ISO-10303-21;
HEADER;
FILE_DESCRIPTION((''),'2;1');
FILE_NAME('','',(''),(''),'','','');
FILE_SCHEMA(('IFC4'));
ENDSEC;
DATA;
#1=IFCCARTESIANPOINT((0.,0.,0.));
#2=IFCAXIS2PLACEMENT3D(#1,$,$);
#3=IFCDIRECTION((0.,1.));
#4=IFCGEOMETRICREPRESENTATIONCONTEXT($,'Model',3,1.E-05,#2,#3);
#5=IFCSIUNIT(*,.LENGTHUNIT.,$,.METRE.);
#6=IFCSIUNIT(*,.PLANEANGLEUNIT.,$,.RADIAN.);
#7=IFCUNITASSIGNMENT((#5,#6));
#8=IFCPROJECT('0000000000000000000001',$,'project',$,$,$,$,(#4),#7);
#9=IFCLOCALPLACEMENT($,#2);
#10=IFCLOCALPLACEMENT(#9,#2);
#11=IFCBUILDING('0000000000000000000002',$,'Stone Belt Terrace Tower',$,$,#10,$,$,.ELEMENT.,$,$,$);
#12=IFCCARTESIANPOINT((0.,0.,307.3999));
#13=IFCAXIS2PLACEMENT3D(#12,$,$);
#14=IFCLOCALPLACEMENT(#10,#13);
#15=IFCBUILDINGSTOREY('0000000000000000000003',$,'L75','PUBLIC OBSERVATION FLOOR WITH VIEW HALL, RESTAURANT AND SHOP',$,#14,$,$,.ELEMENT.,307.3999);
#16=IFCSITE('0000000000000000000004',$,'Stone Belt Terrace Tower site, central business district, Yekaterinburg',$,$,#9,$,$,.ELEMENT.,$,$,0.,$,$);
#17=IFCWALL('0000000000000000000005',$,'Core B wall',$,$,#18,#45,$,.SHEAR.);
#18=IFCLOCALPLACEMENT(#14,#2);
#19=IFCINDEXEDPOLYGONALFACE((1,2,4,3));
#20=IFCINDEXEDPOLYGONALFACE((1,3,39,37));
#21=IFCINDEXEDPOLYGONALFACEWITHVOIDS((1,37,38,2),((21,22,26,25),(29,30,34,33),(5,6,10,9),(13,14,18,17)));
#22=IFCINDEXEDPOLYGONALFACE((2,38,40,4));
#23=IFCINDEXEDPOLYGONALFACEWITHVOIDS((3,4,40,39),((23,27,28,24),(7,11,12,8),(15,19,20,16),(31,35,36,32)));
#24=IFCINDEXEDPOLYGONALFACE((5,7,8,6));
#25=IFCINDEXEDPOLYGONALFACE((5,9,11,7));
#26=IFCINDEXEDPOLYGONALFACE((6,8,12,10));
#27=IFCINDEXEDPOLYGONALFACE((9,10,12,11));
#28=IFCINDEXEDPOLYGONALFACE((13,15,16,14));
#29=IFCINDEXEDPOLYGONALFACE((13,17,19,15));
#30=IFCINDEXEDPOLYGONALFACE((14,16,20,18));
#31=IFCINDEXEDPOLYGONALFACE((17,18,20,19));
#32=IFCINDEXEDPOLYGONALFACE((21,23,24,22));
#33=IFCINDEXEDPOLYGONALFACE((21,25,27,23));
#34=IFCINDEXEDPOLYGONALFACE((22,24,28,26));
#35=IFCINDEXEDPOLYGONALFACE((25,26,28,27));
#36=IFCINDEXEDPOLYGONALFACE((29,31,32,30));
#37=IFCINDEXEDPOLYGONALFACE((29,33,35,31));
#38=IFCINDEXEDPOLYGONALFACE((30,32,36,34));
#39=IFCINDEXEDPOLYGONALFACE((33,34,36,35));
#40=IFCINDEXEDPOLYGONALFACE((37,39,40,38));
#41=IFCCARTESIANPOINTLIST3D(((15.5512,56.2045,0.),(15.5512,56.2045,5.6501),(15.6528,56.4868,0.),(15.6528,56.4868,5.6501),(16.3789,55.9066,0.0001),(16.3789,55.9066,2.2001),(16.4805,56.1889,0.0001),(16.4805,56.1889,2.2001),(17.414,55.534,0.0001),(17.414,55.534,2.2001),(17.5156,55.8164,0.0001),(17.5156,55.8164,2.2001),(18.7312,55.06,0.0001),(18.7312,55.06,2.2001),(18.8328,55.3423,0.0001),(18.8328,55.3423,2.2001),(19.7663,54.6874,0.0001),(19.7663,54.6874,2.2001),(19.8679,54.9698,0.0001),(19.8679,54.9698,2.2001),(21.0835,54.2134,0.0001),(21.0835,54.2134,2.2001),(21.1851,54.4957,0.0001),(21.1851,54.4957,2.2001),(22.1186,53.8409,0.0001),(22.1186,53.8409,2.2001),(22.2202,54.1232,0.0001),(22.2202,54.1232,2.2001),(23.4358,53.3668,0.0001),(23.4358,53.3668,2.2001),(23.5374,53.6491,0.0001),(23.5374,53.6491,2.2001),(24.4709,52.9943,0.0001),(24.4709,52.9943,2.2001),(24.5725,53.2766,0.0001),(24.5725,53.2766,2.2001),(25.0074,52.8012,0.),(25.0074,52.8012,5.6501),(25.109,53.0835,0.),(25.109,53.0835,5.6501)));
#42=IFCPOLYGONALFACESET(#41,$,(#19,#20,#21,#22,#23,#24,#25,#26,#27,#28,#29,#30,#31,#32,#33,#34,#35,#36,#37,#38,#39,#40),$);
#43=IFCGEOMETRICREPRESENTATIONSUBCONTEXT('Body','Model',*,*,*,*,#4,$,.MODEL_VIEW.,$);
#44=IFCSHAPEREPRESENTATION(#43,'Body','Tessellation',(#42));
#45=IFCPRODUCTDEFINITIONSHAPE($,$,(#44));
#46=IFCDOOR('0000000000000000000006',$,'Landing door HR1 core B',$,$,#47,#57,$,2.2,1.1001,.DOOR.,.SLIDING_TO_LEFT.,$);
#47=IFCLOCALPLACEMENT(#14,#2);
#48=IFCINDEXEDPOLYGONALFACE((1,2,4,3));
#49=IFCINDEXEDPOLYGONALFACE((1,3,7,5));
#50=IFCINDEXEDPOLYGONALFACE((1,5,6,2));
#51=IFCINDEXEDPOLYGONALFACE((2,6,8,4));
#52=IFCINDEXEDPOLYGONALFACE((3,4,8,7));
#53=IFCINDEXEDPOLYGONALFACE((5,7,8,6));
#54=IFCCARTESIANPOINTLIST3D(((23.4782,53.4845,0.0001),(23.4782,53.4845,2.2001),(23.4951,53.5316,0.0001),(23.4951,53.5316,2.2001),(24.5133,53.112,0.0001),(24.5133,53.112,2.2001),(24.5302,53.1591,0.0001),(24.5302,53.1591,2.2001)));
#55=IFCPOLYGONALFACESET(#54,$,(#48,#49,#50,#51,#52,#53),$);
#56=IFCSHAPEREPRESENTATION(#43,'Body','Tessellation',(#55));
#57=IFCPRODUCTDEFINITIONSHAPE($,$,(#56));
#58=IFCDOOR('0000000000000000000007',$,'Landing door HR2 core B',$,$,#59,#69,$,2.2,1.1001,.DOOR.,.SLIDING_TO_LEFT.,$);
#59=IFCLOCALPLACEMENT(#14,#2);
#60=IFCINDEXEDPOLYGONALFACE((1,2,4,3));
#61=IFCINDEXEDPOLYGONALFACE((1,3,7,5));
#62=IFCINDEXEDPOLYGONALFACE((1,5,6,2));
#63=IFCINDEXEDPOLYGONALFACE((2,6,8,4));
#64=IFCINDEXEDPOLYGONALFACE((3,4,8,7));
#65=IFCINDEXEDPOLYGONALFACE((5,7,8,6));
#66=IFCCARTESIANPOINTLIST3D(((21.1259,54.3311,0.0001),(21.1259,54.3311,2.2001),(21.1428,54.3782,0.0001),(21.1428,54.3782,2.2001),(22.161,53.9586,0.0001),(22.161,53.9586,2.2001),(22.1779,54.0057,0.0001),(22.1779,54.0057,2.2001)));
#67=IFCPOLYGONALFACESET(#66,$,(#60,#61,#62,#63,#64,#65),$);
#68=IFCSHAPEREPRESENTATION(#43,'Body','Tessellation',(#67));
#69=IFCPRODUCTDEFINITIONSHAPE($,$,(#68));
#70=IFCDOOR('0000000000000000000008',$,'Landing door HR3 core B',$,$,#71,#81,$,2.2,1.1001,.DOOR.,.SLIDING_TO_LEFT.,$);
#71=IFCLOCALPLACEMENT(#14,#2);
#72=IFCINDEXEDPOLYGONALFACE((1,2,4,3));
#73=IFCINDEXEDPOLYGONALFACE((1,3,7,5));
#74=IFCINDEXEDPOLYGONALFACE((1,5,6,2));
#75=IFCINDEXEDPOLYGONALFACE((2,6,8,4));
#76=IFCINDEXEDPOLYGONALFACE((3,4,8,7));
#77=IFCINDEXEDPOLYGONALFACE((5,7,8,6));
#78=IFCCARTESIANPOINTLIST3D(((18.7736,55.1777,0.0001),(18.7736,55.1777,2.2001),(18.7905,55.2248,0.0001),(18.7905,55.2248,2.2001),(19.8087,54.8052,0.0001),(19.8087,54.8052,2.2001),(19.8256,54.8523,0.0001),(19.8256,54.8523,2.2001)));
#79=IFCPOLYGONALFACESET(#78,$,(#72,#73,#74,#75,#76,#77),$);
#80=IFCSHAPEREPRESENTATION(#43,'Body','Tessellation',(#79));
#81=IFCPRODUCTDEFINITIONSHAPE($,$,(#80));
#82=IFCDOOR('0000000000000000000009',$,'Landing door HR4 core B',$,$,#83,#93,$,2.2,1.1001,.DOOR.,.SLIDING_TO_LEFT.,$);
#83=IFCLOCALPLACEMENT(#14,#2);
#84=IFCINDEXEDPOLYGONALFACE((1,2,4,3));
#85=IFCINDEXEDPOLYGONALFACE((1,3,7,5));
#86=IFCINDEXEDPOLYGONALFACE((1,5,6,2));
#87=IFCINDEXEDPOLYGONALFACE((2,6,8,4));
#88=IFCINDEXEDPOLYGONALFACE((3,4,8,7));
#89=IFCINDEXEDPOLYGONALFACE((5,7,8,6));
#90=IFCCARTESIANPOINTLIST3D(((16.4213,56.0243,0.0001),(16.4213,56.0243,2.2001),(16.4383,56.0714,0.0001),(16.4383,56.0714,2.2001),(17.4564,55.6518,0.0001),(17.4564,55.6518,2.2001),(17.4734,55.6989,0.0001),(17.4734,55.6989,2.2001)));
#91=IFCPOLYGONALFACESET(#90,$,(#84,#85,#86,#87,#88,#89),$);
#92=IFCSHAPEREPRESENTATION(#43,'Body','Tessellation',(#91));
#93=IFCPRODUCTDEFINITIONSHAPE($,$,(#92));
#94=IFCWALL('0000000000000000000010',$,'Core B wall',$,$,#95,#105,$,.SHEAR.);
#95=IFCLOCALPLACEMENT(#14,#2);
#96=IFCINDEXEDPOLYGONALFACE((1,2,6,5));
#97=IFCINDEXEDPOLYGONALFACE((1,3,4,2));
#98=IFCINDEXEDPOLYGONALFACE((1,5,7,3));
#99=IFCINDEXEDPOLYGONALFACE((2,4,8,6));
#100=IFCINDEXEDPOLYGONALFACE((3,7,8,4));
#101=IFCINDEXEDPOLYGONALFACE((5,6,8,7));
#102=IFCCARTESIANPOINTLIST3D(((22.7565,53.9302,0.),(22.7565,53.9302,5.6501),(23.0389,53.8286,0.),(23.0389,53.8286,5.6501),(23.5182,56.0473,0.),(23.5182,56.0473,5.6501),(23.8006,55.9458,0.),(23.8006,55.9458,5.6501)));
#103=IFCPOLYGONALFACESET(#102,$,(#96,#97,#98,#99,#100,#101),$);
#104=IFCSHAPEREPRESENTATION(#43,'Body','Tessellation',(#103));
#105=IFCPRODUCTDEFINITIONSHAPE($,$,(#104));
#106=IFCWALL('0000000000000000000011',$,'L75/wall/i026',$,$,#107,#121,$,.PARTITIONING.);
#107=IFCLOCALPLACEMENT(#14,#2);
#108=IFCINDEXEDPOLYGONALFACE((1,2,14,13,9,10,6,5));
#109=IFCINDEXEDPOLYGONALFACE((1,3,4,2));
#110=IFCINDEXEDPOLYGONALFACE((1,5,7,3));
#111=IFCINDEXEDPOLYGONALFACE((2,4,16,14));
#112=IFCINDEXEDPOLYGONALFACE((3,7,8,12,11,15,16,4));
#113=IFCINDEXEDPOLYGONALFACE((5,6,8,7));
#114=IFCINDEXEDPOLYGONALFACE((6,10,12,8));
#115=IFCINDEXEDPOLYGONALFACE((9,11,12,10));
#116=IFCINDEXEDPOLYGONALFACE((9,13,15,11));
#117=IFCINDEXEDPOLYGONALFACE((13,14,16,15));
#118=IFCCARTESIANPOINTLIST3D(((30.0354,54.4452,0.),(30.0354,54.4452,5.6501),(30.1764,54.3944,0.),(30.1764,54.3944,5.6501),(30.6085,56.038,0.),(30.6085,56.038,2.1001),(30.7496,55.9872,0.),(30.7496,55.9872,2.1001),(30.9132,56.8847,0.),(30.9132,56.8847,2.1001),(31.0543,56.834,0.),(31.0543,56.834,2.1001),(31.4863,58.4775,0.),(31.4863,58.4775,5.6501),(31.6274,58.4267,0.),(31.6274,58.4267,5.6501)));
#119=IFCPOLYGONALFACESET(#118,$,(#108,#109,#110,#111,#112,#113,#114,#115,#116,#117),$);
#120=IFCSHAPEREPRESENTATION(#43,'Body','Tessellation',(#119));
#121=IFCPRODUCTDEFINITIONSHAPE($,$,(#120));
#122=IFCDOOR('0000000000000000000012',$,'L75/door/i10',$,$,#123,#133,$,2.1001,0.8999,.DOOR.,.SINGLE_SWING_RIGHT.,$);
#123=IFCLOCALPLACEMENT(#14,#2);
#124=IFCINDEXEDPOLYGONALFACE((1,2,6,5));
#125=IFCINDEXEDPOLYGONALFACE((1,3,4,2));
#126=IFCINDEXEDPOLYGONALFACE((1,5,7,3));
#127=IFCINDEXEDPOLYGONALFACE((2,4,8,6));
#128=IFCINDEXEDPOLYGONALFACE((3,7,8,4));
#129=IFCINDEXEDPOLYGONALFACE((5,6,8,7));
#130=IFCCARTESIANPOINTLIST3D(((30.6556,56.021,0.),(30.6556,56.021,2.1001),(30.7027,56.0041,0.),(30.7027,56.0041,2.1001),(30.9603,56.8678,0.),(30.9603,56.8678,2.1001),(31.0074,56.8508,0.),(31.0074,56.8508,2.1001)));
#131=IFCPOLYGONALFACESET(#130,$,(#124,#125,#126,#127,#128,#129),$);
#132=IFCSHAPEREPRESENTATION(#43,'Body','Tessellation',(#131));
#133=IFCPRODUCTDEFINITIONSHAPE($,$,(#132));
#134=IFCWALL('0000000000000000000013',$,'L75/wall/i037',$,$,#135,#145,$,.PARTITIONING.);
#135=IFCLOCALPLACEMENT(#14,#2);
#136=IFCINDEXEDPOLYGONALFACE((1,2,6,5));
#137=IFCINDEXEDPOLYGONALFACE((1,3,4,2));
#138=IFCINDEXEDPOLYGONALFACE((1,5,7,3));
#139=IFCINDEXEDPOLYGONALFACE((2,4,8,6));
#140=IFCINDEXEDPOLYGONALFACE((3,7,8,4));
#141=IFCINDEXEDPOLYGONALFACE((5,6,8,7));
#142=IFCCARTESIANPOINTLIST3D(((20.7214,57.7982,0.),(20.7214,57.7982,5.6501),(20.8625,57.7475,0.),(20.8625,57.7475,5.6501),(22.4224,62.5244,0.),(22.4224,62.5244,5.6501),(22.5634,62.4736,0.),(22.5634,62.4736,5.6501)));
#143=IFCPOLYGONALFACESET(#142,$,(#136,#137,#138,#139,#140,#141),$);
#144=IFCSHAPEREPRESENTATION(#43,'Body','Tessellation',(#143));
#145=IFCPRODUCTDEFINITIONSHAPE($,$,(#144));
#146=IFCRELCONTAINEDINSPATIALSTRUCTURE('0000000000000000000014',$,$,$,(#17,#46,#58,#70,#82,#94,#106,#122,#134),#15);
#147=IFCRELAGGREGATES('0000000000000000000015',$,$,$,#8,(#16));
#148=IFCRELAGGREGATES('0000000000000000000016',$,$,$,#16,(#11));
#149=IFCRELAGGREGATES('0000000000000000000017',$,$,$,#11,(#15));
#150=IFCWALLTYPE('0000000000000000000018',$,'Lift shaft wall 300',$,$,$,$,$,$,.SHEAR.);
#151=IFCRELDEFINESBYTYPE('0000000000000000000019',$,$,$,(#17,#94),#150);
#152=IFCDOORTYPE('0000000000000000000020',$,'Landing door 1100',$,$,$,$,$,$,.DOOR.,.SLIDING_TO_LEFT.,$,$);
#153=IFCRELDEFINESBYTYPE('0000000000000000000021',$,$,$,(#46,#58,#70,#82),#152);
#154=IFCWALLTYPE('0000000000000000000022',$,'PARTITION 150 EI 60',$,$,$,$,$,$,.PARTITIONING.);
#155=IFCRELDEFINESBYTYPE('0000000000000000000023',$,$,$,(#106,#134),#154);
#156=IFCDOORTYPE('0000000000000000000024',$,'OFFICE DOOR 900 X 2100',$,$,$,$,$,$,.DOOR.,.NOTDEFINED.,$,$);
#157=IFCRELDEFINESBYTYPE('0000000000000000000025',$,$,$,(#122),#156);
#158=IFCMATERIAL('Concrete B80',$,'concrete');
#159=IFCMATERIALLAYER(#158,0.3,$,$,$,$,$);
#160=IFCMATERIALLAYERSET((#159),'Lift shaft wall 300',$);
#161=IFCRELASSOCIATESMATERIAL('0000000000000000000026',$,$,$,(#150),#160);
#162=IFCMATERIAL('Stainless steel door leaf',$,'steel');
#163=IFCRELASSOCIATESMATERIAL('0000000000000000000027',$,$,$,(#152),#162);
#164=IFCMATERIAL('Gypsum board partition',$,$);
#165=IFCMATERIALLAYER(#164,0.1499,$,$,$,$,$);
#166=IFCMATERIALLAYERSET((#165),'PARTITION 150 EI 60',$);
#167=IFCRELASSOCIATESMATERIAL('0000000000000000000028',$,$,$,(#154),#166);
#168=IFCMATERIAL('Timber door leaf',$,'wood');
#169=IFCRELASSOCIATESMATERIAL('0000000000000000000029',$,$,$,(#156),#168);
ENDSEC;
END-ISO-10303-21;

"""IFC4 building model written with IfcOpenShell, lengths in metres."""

from ifc_helpers import new_model, si_unit, direction, frame, frame_2d, origin, place, context, subcontext, project, spatial, rectangle, extrude, material, layer, layer_set, type_object, element, fill, save


model = new_model("IFC4")

# Units and contexts
model_context = context("Model", 3, precision=1e-05, world=origin(), true_north=direction((0.0, 1.0)))
body_context = subcontext(model_context, "Body", "Model", "MODEL_VIEW")
ifc_project = project(units=[si_unit("LENGTHUNIT", "METRE"), si_unit("PLANEANGLEUNIT", "RADIAN")], contexts=[model_context])

# Site, building, storey
site_placement = place(None, origin())
site = spatial("IfcSite", under=ifc_project, at=site_placement, Name="Stone Belt Terrace Tower site, central business district, Yekaterinburg", CompositionType="ELEMENT", RefElevation=0.0)
building_placement = place(site_placement, origin())
building = spatial("IfcBuilding", under=site, at=building_placement, Name="Stone Belt Terrace Tower", CompositionType="ELEMENT")
storey_placement = place(building_placement, frame((0.0, 0.0, 307.3999)))
storey = spatial("IfcBuildingStorey", under=building, at=storey_placement, Name="L75", Description="PUBLIC OBSERVATION FLOOR WITH VIEW HALL, RESTAURANT AND SHOP", CompositionType="ELEMENT", Elevation=307.3999)

# Wall, openings, doors
ifc_material_1 = material(Name="Concrete B80", Category="concrete")
ifc_layer_1 = layer(ifc_material_1, 0.3)
ifc_layer_set_1 = layer_set([ifc_layer_1], Name="Lift shaft wall 300")
wall_type_1 = type_object("IfcWallType", Name="Lift shaft wall 300", PredefinedType="SHEAR", material=ifc_layer_set_1)
wall_1_placement = place(storey_placement, frame((25.0581, 52.9424, 0.0), z_axis=(0.0, 0.0, 1.0), x_axis=(-0.940917, 0.338636, 0.0)))
wall_1 = element("IfcWall", 1, at=wall_1_placement, inside=storey, type_object=wall_type_1, Name="Core B wall", PredefinedType="SHEAR", context=body_context, shape_type="SweptSolid", body=[
    extrude(rectangle(XDim=10.05, YDim=0.3, at=frame_2d((5.0249, 0.0))), origin(), (0.0, 0.0, 1.0), 5.6501),
])
opening_1_placement = place(wall_1_placement, frame((0.5701, 0.0, 0.0)))
opening_1 = element("IfcOpeningElement", 2, at=opening_1_placement, cuts=wall_1, PredefinedType="OPENING", context=body_context, shape_type="SweptSolid", body=[
    extrude(rectangle(XDim=1.1001, YDim=2.2, at=frame_2d((0.55, 1.1001))), frame((0.0, 0.1599, 0.0), z_axis=(0.0, -1.0, 0.0), x_axis=(1.0, 0.0, 0.0)), (0.0, 0.0, 1.0), 0.3201),
])
opening_2_placement = place(wall_1_placement, frame((3.0701, 0.0, 0.0)))
opening_2 = element("IfcOpeningElement", 3, at=opening_2_placement, cuts=wall_1, PredefinedType="OPENING", context=body_context, shape_type="SweptSolid", body=[
    extrude(rectangle(XDim=1.1001, YDim=2.2, at=frame_2d((0.55, 1.1001))), frame((0.0, 0.1599, 0.0), z_axis=(0.0, -1.0, 0.0), x_axis=(1.0, 0.0, 0.0)), (0.0, 0.0, 1.0), 0.3201),
])
opening_3_placement = place(wall_1_placement, frame((5.5701, 0.0, 0.0)))
opening_3 = element("IfcOpeningElement", 4, at=opening_3_placement, cuts=wall_1, PredefinedType="OPENING", context=body_context, shape_type="SweptSolid", body=[
    extrude(rectangle(XDim=1.1001, YDim=2.2, at=frame_2d((0.55, 1.1001))), frame((0.0, 0.1599, 0.0), z_axis=(0.0, -1.0, 0.0), x_axis=(1.0, 0.0, 0.0)), (0.0, 0.0, 1.0), 0.3201),
])
opening_4_placement = place(wall_1_placement, frame((8.0701, 0.0, 0.0)))
opening_4 = element("IfcOpeningElement", 5, at=opening_4_placement, cuts=wall_1, PredefinedType="OPENING", context=body_context, shape_type="SweptSolid", body=[
    extrude(rectangle(XDim=1.1001, YDim=2.2, at=frame_2d((0.55, 1.1001))), frame((0.0, 0.1599, 0.0), z_axis=(0.0, -1.0, 0.0), x_axis=(1.0, 0.0, 0.0)), (0.0, 0.0, 1.0), 0.3201),
])
ifc_material_2 = material(Name="Stainless steel door leaf", Category="steel")
door_type_1 = type_object("IfcDoorType", Name="Landing door 1100", OperationType="SLIDING_TO_LEFT", PredefinedType="DOOR", material=ifc_material_2)
door_1_placement = place(opening_1_placement, origin())
door_1 = element("IfcDoor", 6, at=door_1_placement, inside=storey, type_object=door_type_1, Name="Landing door HR1 core B", OperationType="SLIDING_TO_LEFT", OverallHeight=2.2, OverallWidth=1.1001, PredefinedType="DOOR", context=body_context, shape_type="SweptSolid", body=[
    extrude(rectangle(XDim=1.1001, YDim=2.2, at=frame_2d((0.55, 1.1001))), frame((0.0, 0.0249, 0.0), z_axis=(0.0, -1.0, 0.0), x_axis=(1.0, 0.0, 0.0)), (0.0, 0.0, 1.0), 0.05),
])
fill(opening_1, door_1)
door_2_placement = place(opening_2_placement, origin())
door_2 = element("IfcDoor", 7, at=door_2_placement, inside=storey, type_object=door_type_1, Name="Landing door HR2 core B", OperationType="SLIDING_TO_LEFT", OverallHeight=2.2, OverallWidth=1.1001, PredefinedType="DOOR", context=body_context, shape_type="SweptSolid", body=[
    extrude(rectangle(XDim=1.1001, YDim=2.2, at=frame_2d((0.55, 1.1001))), frame((0.0, 0.0249, 0.0), z_axis=(0.0, -1.0, 0.0), x_axis=(1.0, 0.0, 0.0)), (0.0, 0.0, 1.0), 0.05),
])
fill(opening_2, door_2)
door_3_placement = place(opening_3_placement, origin())
door_3 = element("IfcDoor", 8, at=door_3_placement, inside=storey, type_object=door_type_1, Name="Landing door HR3 core B", OperationType="SLIDING_TO_LEFT", OverallHeight=2.2, OverallWidth=1.1001, PredefinedType="DOOR", context=body_context, shape_type="SweptSolid", body=[
    extrude(rectangle(XDim=1.1001, YDim=2.2, at=frame_2d((0.55, 1.1001))), frame((0.0, 0.0249, 0.0), z_axis=(0.0, -1.0, 0.0), x_axis=(1.0, 0.0, 0.0)), (0.0, 0.0, 1.0), 0.05),
])
fill(opening_3, door_3)
door_4_placement = place(opening_4_placement, origin())
door_4 = element("IfcDoor", 9, at=door_4_placement, inside=storey, type_object=door_type_1, Name="Landing door HR4 core B", OperationType="SLIDING_TO_LEFT", OverallHeight=2.2, OverallWidth=1.1001, PredefinedType="DOOR", context=body_context, shape_type="SweptSolid", body=[
    extrude(rectangle(XDim=1.1001, YDim=2.2, at=frame_2d((0.55, 1.1001))), frame((0.0, 0.0249, 0.0), z_axis=(0.0, -1.0, 0.0), x_axis=(1.0, 0.0, 0.0)), (0.0, 0.0, 1.0), 0.05),
])
fill(opening_4, door_4)

# Wall
wall_2_placement = place(storey_placement, frame((22.8977, 53.8794, 0.0), z_axis=(0.0, 0.0, 1.0), x_axis=(0.338535, 0.940954, 0.0)))
element("IfcWall", 10, at=wall_2_placement, inside=storey, type_object=wall_type_1, Name="Core B wall", PredefinedType="SHEAR", context=body_context, shape_type="SweptSolid", body=[
    extrude(rectangle(XDim=2.25, YDim=0.3, at=frame_2d((1.125, 0.0))), origin(), (0.0, 0.0, 1.0), 5.6501),
])

# Wall, opening, door
ifc_material_3 = material(Name="Gypsum board partition")
ifc_layer_2 = layer(ifc_material_3, 0.1499)
ifc_layer_set_2 = layer_set([ifc_layer_2], Name="PARTITION 150 EI 60")
wall_type_2 = type_object("IfcWallType", Name="PARTITION 150 EI 60", PredefinedType="PARTITIONING", material=ifc_layer_set_2)
wall_3_placement = place(storey_placement, frame((30.106, 54.4199, 0.0), z_axis=(0.0, 0.0, 1.0), x_axis=(0.33858, 0.940938, 0.0)))
wall_3 = element("IfcWall", 11, at=wall_3_placement, inside=storey, type_object=wall_type_2, Name="L75/wall/i026", PredefinedType="PARTITIONING", context=body_context, shape_type="SweptSolid", body=[
    extrude(rectangle(XDim=4.2854, YDim=0.1499, at=frame_2d((2.1426, 0.0))), origin(), (0.0, 0.0, 1.0), 5.6501),
])
opening_5_placement = place(wall_3_placement, frame((1.6926, 0.0, 0.0)))
opening_5 = element("IfcOpeningElement", 12, at=opening_5_placement, cuts=wall_3, PredefinedType="OPENING", context=body_context, shape_type="SweptSolid", body=[
    extrude(rectangle(XDim=0.8999, YDim=2.1001, at=frame_2d((0.45, 1.05))), frame((0.0, 0.085, 0.0), z_axis=(0.0, -1.0, 0.0), x_axis=(1.0, 0.0, 0.0)), (0.0, 0.0, 1.0), 0.1699),
])
ifc_material_4 = material(Name="Timber door leaf", Category="wood")
door_type_2 = type_object("IfcDoorType", Name="OFFICE DOOR 900 X 2100", OperationType="NOTDEFINED", PredefinedType="DOOR", material=ifc_material_4)
door_5_placement = place(opening_5_placement, origin())
door_5 = element("IfcDoor", 13, at=door_5_placement, inside=storey, type_object=door_type_2, Name="L75/door/i10", OperationType="SINGLE_SWING_RIGHT", OverallHeight=2.1001, OverallWidth=0.8999, PredefinedType="DOOR", context=body_context, shape_type="SweptSolid", body=[
    extrude(rectangle(XDim=0.8999, YDim=2.1001, at=frame_2d((0.45, 1.05))), frame((0.0, 0.0249, 0.0), z_axis=(0.0, -1.0, 0.0), x_axis=(1.0, 0.0, 0.0)), (0.0, 0.0, 1.0), 0.05),
])
fill(opening_5, door_5)

# Wall
wall_4_placement = place(storey_placement, frame((22.4929, 62.499, 0.0), z_axis=(0.0, 0.0, 1.0), x_axis=(-0.338639, -0.940917, 0.0)))
element("IfcWall", 14, at=wall_4_placement, inside=storey, type_object=wall_type_2, Name="L75/wall/i037", PredefinedType="PARTITIONING", context=body_context, shape_type="SweptSolid", body=[
    extrude(rectangle(XDim=5.0229, YDim=0.1499, at=frame_2d((2.5115, 0.0))), origin(), (0.0, 0.0, 1.0), 5.6501),
])

save(model, "model.ifc")
